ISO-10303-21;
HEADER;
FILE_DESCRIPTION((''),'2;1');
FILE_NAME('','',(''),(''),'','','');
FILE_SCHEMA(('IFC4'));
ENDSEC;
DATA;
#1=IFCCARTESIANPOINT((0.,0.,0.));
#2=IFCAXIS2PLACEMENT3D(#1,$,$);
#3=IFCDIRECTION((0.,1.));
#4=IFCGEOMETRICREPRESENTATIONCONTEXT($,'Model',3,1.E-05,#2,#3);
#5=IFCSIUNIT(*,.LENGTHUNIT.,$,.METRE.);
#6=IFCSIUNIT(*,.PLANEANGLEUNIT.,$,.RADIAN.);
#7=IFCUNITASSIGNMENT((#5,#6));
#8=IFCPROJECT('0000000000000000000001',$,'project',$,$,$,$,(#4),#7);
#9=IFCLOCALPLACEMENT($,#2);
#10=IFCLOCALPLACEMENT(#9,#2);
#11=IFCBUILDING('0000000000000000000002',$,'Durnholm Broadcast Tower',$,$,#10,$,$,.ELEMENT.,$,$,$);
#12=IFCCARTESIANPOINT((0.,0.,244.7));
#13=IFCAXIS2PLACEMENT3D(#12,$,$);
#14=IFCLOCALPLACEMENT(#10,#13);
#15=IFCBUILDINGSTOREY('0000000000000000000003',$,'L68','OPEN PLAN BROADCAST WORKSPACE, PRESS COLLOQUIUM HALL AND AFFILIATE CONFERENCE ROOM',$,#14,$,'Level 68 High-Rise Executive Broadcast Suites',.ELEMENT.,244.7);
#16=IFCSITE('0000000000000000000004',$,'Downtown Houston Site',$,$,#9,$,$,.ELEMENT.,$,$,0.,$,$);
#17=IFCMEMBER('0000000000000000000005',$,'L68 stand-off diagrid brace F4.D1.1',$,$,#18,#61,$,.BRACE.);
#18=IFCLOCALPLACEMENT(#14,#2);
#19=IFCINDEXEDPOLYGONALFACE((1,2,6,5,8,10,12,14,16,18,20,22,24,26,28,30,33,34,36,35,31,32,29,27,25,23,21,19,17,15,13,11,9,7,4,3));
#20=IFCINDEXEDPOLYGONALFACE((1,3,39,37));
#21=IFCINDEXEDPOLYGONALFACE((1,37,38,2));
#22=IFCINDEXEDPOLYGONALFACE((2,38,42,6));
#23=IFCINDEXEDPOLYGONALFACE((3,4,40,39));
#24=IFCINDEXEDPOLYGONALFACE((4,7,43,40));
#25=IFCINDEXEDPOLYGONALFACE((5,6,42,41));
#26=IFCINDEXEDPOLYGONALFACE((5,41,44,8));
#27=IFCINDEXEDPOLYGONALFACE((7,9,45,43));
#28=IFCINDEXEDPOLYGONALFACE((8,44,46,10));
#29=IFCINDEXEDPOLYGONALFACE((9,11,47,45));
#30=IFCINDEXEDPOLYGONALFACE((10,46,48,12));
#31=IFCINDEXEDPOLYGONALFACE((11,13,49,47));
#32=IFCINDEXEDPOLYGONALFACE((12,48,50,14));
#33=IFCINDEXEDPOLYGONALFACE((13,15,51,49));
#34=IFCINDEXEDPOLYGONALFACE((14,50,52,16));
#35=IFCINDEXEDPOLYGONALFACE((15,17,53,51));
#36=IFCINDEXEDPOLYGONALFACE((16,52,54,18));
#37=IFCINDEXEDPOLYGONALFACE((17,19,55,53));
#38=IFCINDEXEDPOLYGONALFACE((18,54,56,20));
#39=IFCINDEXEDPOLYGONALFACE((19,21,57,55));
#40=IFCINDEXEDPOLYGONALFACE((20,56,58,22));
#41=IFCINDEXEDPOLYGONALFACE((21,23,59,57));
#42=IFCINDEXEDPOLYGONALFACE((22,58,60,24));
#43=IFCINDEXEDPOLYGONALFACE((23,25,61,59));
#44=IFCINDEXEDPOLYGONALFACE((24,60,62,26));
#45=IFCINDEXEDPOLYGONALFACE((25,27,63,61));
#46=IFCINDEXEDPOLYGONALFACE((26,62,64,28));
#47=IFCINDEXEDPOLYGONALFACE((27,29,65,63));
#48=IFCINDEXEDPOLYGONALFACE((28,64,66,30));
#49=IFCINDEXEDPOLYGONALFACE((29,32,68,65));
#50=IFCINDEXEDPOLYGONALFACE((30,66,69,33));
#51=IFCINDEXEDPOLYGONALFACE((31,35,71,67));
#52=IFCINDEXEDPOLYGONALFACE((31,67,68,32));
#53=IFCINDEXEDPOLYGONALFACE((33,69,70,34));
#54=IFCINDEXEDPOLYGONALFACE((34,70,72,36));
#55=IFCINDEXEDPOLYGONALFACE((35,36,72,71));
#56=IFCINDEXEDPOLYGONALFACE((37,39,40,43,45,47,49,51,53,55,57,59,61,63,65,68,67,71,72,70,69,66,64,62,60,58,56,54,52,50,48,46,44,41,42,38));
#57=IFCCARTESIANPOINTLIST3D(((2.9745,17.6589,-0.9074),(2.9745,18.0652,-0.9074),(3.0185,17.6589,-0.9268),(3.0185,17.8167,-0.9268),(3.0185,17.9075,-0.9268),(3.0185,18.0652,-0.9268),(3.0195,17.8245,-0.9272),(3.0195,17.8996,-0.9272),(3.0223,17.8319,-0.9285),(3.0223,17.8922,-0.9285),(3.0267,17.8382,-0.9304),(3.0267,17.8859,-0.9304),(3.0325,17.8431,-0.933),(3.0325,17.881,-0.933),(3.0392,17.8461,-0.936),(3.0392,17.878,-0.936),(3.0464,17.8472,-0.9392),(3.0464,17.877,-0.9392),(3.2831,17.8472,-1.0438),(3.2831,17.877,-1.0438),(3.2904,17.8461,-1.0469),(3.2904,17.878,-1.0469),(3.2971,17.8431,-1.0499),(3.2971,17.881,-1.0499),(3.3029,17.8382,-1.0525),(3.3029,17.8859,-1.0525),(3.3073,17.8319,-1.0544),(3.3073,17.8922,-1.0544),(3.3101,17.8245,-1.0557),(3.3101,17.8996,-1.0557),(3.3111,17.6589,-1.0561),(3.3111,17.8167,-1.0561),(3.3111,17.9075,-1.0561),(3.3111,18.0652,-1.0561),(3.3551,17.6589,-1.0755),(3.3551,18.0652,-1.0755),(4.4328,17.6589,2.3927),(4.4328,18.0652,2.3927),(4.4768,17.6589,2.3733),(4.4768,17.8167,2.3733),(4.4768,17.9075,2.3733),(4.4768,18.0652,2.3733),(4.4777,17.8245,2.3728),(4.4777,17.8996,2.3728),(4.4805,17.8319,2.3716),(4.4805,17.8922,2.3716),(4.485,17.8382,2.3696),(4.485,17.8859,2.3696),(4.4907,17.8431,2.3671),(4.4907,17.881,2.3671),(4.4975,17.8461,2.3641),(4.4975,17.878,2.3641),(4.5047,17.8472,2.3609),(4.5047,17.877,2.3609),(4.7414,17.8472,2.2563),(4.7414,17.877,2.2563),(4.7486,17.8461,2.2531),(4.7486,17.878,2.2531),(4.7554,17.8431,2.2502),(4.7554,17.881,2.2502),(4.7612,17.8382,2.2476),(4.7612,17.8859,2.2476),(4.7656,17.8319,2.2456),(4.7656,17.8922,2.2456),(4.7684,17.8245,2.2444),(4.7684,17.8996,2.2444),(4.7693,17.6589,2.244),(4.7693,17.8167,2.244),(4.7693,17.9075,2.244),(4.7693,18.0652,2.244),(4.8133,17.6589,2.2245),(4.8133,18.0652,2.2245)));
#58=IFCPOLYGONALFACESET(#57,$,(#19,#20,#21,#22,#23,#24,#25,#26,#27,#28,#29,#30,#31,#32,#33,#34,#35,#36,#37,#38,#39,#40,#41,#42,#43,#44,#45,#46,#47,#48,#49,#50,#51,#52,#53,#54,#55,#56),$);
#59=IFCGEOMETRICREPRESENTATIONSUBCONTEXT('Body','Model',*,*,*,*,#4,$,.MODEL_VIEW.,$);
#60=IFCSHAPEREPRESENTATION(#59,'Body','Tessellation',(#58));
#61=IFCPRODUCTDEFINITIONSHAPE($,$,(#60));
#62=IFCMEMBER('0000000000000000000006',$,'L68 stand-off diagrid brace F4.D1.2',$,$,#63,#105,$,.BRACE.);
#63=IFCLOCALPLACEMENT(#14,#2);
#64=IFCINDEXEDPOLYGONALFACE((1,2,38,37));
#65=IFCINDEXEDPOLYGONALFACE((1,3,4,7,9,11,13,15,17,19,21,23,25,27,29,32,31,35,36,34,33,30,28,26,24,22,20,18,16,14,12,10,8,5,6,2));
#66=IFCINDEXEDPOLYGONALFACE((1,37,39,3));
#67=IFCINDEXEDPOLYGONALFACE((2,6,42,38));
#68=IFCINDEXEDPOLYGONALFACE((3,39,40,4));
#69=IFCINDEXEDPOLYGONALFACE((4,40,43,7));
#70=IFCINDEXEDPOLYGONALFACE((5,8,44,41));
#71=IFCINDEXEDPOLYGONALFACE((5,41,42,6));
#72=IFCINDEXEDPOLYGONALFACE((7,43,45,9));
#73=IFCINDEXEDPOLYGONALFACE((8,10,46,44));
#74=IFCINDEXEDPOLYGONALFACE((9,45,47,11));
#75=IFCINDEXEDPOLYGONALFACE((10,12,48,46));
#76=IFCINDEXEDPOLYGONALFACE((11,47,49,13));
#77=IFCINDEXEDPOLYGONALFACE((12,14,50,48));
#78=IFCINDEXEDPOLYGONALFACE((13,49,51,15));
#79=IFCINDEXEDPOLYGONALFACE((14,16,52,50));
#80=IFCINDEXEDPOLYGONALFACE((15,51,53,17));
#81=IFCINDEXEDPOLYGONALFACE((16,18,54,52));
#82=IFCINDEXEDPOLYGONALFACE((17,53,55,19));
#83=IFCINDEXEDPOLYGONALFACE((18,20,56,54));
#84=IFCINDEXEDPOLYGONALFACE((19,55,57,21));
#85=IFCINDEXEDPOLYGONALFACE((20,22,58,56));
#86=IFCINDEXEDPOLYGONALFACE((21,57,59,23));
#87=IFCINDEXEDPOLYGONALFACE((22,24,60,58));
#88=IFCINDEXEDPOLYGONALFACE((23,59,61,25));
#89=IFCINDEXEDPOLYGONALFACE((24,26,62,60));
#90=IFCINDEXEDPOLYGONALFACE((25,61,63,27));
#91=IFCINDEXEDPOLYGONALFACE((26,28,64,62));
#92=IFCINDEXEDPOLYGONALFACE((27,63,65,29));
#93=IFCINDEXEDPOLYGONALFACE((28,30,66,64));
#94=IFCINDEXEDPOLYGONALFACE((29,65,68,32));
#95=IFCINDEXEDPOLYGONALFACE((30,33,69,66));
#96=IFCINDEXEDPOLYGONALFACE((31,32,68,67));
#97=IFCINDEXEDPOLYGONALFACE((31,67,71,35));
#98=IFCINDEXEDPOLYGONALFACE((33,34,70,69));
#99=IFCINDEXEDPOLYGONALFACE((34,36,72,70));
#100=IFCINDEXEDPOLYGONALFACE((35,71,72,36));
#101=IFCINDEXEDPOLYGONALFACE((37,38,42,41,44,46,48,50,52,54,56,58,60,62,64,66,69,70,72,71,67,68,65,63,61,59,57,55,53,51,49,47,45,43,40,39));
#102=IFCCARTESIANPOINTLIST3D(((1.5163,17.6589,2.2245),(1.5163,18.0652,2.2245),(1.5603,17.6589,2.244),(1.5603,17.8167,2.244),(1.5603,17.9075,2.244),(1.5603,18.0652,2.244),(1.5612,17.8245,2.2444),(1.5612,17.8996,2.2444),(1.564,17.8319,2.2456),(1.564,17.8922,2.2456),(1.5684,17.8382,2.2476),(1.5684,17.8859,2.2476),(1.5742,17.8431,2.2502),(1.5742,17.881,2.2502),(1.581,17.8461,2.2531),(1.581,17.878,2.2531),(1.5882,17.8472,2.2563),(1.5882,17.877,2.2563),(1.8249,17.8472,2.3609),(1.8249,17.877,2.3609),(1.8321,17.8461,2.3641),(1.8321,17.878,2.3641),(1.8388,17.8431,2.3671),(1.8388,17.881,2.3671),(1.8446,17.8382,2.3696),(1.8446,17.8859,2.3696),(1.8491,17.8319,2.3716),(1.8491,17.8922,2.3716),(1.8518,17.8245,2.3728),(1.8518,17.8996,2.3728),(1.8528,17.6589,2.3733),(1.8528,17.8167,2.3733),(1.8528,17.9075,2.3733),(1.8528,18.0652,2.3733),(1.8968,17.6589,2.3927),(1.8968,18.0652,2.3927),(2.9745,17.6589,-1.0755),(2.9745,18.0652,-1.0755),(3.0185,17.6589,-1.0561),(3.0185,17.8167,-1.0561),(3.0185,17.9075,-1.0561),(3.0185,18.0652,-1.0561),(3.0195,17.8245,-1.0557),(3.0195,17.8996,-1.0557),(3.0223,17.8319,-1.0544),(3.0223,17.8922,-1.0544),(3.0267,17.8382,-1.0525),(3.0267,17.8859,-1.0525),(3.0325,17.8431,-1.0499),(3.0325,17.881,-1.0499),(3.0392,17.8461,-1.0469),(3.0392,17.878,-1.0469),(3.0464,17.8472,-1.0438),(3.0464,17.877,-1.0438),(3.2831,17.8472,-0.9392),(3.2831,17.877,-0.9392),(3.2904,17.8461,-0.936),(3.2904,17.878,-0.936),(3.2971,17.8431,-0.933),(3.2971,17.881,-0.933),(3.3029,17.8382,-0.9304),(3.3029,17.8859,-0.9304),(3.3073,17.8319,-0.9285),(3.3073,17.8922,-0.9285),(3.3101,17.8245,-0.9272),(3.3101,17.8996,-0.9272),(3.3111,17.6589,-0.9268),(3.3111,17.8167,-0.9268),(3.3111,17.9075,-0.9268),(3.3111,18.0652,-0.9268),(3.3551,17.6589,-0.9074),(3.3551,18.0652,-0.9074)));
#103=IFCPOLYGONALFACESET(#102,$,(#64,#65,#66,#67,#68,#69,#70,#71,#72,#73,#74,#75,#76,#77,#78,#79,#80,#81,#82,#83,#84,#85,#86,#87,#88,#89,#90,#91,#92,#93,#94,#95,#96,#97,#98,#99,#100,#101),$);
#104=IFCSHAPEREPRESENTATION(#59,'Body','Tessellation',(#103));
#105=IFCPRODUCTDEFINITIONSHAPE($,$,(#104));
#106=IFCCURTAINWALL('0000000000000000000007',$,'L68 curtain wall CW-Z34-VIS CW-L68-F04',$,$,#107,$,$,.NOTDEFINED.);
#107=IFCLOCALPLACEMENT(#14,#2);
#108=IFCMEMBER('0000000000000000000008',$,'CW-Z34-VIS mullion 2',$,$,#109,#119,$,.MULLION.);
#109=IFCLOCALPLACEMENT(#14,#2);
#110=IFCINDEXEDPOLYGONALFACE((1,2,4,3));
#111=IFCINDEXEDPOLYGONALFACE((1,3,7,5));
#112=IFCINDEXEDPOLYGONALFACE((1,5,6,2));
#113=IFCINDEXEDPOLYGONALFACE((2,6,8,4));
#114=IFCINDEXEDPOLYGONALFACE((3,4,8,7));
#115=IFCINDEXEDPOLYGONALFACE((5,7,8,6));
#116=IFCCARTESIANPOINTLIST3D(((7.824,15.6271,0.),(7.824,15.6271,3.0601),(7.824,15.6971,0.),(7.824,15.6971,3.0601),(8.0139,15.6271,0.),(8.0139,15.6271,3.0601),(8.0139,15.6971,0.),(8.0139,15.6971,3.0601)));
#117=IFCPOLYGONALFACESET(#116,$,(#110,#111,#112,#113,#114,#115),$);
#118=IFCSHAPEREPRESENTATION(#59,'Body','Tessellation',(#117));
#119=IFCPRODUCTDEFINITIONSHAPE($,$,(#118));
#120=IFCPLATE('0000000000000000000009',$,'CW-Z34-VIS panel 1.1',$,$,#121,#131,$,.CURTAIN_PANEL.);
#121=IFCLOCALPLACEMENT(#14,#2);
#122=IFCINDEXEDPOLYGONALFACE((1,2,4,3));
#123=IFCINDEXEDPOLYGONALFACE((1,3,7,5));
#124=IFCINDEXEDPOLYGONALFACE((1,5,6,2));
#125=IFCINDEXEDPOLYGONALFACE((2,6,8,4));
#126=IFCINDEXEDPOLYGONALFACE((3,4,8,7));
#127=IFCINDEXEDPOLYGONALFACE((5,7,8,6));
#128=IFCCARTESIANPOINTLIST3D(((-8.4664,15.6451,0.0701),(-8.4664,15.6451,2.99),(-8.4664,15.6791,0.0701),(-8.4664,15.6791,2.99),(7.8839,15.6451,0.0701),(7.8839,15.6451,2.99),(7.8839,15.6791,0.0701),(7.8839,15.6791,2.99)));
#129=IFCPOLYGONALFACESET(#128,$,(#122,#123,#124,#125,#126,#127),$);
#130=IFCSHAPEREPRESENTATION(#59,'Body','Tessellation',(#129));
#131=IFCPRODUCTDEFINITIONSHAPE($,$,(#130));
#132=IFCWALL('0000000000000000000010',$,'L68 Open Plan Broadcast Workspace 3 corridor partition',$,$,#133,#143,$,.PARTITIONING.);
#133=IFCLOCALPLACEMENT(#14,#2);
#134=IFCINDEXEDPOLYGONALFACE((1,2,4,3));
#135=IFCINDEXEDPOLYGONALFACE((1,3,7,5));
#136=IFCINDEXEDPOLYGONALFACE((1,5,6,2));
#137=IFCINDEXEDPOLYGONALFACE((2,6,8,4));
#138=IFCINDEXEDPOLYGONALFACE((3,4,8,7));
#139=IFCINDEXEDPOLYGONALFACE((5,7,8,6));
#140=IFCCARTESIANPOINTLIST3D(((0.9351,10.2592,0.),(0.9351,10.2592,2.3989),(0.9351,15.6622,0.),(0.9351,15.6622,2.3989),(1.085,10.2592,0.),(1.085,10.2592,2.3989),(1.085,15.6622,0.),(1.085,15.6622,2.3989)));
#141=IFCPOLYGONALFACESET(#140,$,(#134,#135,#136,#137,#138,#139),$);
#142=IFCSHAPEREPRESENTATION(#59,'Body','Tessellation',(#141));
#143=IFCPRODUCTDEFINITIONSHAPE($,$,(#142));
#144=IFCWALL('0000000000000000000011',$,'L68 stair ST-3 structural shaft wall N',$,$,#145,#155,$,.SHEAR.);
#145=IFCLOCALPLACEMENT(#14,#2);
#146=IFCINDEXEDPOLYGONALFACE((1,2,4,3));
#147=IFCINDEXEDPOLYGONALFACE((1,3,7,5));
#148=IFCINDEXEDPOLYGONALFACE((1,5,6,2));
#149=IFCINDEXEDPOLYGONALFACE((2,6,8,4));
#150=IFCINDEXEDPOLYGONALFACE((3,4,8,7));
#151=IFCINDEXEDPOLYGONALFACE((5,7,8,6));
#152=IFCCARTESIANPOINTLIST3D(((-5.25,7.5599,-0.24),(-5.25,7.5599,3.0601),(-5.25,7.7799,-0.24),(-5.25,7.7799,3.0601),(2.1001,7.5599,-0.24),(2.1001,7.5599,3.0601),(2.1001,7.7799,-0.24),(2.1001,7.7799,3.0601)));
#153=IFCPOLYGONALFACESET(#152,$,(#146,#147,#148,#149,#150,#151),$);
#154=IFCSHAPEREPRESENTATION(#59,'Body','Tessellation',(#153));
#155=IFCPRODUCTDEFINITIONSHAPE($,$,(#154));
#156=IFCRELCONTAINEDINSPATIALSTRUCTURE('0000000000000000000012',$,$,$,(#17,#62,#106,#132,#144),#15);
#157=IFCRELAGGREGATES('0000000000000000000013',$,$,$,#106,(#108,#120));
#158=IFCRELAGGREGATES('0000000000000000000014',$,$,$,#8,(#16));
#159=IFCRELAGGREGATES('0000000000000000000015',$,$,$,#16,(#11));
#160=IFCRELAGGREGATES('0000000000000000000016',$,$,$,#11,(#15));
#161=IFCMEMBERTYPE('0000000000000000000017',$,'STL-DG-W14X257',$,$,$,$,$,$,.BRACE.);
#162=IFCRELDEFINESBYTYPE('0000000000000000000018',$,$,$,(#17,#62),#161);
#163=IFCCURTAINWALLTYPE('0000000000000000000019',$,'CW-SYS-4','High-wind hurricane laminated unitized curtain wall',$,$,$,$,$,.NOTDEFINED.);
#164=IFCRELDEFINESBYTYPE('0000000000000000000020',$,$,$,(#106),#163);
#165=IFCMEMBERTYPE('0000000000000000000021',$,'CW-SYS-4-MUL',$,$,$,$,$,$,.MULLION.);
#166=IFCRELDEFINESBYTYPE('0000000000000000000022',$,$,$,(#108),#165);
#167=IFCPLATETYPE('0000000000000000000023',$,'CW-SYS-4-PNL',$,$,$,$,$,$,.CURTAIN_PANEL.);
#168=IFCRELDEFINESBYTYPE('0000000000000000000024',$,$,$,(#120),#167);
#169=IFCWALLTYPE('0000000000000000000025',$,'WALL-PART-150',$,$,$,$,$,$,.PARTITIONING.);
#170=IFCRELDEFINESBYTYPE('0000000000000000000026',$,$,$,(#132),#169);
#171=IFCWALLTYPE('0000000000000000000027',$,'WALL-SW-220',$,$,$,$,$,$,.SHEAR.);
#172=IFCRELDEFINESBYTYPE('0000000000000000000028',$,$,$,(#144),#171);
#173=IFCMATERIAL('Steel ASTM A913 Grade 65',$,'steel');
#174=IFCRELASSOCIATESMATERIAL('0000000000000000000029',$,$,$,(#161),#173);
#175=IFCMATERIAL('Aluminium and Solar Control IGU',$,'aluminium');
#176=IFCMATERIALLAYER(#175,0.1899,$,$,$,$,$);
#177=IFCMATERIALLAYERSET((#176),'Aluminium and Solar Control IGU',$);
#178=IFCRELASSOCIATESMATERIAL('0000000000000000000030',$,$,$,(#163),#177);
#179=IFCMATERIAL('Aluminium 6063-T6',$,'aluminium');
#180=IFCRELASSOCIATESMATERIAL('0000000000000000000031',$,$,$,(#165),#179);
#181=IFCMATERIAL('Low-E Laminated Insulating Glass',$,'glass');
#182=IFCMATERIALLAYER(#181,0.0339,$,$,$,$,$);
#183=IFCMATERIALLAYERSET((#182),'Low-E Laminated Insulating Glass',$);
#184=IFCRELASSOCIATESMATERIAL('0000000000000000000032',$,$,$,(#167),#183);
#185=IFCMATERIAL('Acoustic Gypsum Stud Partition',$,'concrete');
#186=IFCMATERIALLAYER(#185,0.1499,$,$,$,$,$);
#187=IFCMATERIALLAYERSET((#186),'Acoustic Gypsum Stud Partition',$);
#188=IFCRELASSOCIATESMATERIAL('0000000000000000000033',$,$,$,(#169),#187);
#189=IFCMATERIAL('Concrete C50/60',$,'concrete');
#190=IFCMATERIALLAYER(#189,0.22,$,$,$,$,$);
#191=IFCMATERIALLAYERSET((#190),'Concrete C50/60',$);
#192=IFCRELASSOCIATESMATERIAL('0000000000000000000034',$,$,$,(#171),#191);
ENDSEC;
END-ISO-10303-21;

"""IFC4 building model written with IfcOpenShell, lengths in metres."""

from ifc_helpers import new_model, si_unit, direction, frame, frame_2d, origin, origin_2d, place, context, subcontext, project, spatial, rectangle, i_section, extrude, source, transform, mapped, material, layer, layer_set, material_profile, profile_set, type_object, type_shapes, element, aggregate, save


model = new_model("IFC4")

# Units and contexts
model_context = context("Model", 3, precision=1e-05, world=origin(), true_north=direction((0.0, 1.0)))
body_context = subcontext(model_context, "Body", "Model", "MODEL_VIEW")
ifc_project = project(units=[si_unit("LENGTHUNIT", "METRE"), si_unit("PLANEANGLEUNIT", "RADIAN")], contexts=[model_context])

# Site, building, storey
site_placement = place(None, origin())
site = spatial("IfcSite", under=ifc_project, at=site_placement, Name="Downtown Houston Site", CompositionType="ELEMENT", RefElevation=0.0)
building_placement = place(site_placement, origin())
building = spatial("IfcBuilding", under=site, at=building_placement, Name="Durnholm Broadcast Tower", CompositionType="ELEMENT")
storey_placement = place(building_placement, frame((0.0, 0.0, 244.7)))
storey = spatial("IfcBuildingStorey", under=building, at=storey_placement, Name="L68", Description="OPEN PLAN BROADCAST WORKSPACE, PRESS COLLOQUIUM HALL AND AFFILIATE CONFERENCE ROOM", LongName="Level 68 High-Rise Executive Broadcast Suites", CompositionType="ELEMENT", Elevation=244.7)

# Members
ifc_material_1 = material(Name="Steel ASTM A913 Grade 65", Category="steel")
ifc_material_profile_1 = material_profile(ifc_material_1, i_section(OverallWidth=0.4062, OverallDepth=0.416, WebThickness=0.0298, FlangeThickness=0.0481, FilletRadius=0.0305, at=origin_2d()), Name="W14X257")
ifc_profile_set_1 = profile_set([ifc_material_profile_1], Name="Steel ASTM A913 Grade 65")
member_type_1 = type_object("IfcMemberType", Name="STL-DG-W14X257", PredefinedType="BRACE", material=ifc_profile_set_1)
shared_shape_1 = source(origin(), body_context, "Body", "SweptSolid", [
    extrude(i_section(OverallWidth=0.4062, OverallDepth=0.416, WebThickness=0.0298, FlangeThickness=0.0481, FilletRadius=0.0305, at=origin_2d()), origin(), (0.0, 0.0, 1.0), 3.6079),
])
type_shapes(member_type_1, [shared_shape_1])
for number, where, z_axis, x_axis, name in (
    (1, (3.1648, 17.8621, -0.9915), (0.404185, 0.0, 0.914677), (0.0, 1.0, 0.0), "L68 stand-off diagrid brace F4.D1.1"),
    (2, (3.1648, 17.8621, -0.9915), (-0.404185, 0.0, 0.914677), (0.0, -1.0, 0.0), "L68 stand-off diagrid brace F4.D1.2"),
):
    element("IfcMember", number, at=place(storey_placement, frame(where, z_axis=z_axis, x_axis=x_axis)), inside=storey, type_object=member_type_1, Name=name, PredefinedType="BRACE", context=body_context, shape_type="MappedRepresentation", body=[
        mapped(shared_shape_1, transform((0.0, 0.0, 0.0), x_axis=(1.0, 0.0, 0.0), y_axis=(0.0, 1.0, 0.0), z_axis=(0.0, 0.0, 1.0), scale=1.0)),
    ])

# Curtain wall, member, plate
ifc_material_2 = material(Name="Aluminium and Solar Control IGU", Category="aluminium")
ifc_layer_1 = layer(ifc_material_2, 0.1899)
ifc_layer_set_1 = layer_set([ifc_layer_1], Name="Aluminium and Solar Control IGU")
curtain_wall_type = type_object("IfcCurtainWallType", Name="CW-SYS-4", Description="High-wind hurricane laminated unitized curtain wall", PredefinedType="NOTDEFINED", material=ifc_layer_set_1)
curtain_wall_placement = place(storey_placement, origin())
curtain_wall = element("IfcCurtainWall", 3, at=curtain_wall_placement, inside=storey, type_object=curtain_wall_type, Name="L68 curtain wall CW-Z34-VIS CW-L68-F04", PredefinedType="NOTDEFINED")
ifc_material_3 = material(Name="Aluminium 6063-T6", Category="aluminium")
ifc_material_profile_2 = material_profile(ifc_material_3, rectangle(XDim=0.0701, YDim=0.1899, at=origin_2d()), Name="CWM70X190")
ifc_profile_set_2 = profile_set([ifc_material_profile_2], Name="Aluminium 6063-T6")
member_type_2 = type_object("IfcMemberType", Name="CW-SYS-4-MUL", PredefinedType="MULLION", material=ifc_profile_set_2)
shared_shape_2 = source(origin(), body_context, "Body", "SweptSolid", [
    extrude(rectangle(XDim=0.0701, YDim=0.1899, at=origin_2d()), origin(), (0.0, 0.0, 1.0), 3.0601),
])
type_shapes(member_type_2, [shared_shape_2])
member_placement = place(storey_placement, frame((7.9189, 15.6621, 0.0), z_axis=(0.0, 0.0, 1.0), x_axis=(0.0, 1.0, 0.0)))
member = element("IfcMember", 4, at=member_placement, type_object=member_type_2, Name="CW-Z34-VIS mullion 2", PredefinedType="MULLION", context=body_context, shape_type="MappedRepresentation", body=[
    mapped(shared_shape_2, transform((0.0, 0.0, 0.0), x_axis=(1.0, 0.0, 0.0), y_axis=(0.0, 1.0, 0.0), z_axis=(0.0, 0.0, 1.0), scale=1.0)),
])
ifc_material_4 = material(Name="Low-E Laminated Insulating Glass", Category="glass")
ifc_layer_2 = layer(ifc_material_4, 0.0339)
ifc_layer_set_2 = layer_set([ifc_layer_2], Name="Low-E Laminated Insulating Glass")
plate_type = type_object("IfcPlateType", Name="CW-SYS-4-PNL", PredefinedType="CURTAIN_PANEL", material=ifc_layer_set_2)
shared_shape_3 = source(origin(), body_context, "Body", "SweptSolid", [
    extrude(rectangle(XDim=16.3503, YDim=0.0339, at=origin_2d()), origin(), (0.0, 0.0, 1.0), 2.9199),
])
type_shapes(plate_type, [shared_shape_3])
plate_placement = place(storey_placement, frame((-0.2913, 15.6621, 0.0701), z_axis=(0.0, 0.0, 1.0), x_axis=(1.0, 0.0, 0.0)))
plate = element("IfcPlate", 5, at=plate_placement, type_object=plate_type, Name="CW-Z34-VIS panel 1.1", PredefinedType="CURTAIN_PANEL", context=body_context, shape_type="MappedRepresentation", body=[
    mapped(shared_shape_3, transform((0.0, 0.0, 0.0), x_axis=(1.0, 0.0, 0.0), y_axis=(0.0, 1.0, 0.0), z_axis=(0.0, 0.0, 1.0), scale=1.0)),
])
aggregate(curtain_wall, [member, plate])

# Walls
ifc_material_5 = material(Name="Acoustic Gypsum Stud Partition", Category="concrete")
ifc_layer_3 = layer(ifc_material_5, 0.1499)
ifc_layer_set_3 = layer_set([ifc_layer_3], Name="Acoustic Gypsum Stud Partition")
wall_type_1 = type_object("IfcWallType", Name="WALL-PART-150", PredefinedType="PARTITIONING", material=ifc_layer_set_3)
wall_1_placement = place(storey_placement, frame((1.01, 10.259, 0.0), z_axis=(0.0, 0.0, 1.0), x_axis=(0.0, 1.0, 0.0)))
element("IfcWall", 6, at=wall_1_placement, inside=storey, type_object=wall_type_1, Name="L68 Open Plan Broadcast Workspace 3 corridor partition", PredefinedType="PARTITIONING", context=body_context, shape_type="SweptSolid", body=[
    extrude(rectangle(XDim=5.4031, YDim=0.1499, at=frame_2d((2.7017, 0.0))), origin(), (0.0, 0.0, 1.0), 2.3989),
])
ifc_material_6 = material(Name="Concrete C50/60", Category="concrete")
ifc_layer_4 = layer(ifc_material_6, 0.22)
ifc_layer_set_4 = layer_set([ifc_layer_4], Name="Concrete C50/60")
wall_type_2 = type_object("IfcWallType", Name="WALL-SW-220", PredefinedType="SHEAR", material=ifc_layer_set_4)
wall_2_placement = place(storey_placement, frame((2.1001, 7.6699, -0.24), z_axis=(0.0, 0.0, 1.0), x_axis=(-1.0, 0.0, 0.0)))
element("IfcWall", 7, at=wall_2_placement, inside=storey, type_object=wall_type_2, Name="L68 stair ST-3 structural shaft wall N", PredefinedType="SHEAR", context=body_context, shape_type="SweptSolid", body=[
    extrude(rectangle(XDim=7.3501, YDim=0.22, at=frame_2d((3.675, 0.0))), origin(), (0.0, 0.0, 1.0), 3.3),
])

save(model, "model.ifc")
